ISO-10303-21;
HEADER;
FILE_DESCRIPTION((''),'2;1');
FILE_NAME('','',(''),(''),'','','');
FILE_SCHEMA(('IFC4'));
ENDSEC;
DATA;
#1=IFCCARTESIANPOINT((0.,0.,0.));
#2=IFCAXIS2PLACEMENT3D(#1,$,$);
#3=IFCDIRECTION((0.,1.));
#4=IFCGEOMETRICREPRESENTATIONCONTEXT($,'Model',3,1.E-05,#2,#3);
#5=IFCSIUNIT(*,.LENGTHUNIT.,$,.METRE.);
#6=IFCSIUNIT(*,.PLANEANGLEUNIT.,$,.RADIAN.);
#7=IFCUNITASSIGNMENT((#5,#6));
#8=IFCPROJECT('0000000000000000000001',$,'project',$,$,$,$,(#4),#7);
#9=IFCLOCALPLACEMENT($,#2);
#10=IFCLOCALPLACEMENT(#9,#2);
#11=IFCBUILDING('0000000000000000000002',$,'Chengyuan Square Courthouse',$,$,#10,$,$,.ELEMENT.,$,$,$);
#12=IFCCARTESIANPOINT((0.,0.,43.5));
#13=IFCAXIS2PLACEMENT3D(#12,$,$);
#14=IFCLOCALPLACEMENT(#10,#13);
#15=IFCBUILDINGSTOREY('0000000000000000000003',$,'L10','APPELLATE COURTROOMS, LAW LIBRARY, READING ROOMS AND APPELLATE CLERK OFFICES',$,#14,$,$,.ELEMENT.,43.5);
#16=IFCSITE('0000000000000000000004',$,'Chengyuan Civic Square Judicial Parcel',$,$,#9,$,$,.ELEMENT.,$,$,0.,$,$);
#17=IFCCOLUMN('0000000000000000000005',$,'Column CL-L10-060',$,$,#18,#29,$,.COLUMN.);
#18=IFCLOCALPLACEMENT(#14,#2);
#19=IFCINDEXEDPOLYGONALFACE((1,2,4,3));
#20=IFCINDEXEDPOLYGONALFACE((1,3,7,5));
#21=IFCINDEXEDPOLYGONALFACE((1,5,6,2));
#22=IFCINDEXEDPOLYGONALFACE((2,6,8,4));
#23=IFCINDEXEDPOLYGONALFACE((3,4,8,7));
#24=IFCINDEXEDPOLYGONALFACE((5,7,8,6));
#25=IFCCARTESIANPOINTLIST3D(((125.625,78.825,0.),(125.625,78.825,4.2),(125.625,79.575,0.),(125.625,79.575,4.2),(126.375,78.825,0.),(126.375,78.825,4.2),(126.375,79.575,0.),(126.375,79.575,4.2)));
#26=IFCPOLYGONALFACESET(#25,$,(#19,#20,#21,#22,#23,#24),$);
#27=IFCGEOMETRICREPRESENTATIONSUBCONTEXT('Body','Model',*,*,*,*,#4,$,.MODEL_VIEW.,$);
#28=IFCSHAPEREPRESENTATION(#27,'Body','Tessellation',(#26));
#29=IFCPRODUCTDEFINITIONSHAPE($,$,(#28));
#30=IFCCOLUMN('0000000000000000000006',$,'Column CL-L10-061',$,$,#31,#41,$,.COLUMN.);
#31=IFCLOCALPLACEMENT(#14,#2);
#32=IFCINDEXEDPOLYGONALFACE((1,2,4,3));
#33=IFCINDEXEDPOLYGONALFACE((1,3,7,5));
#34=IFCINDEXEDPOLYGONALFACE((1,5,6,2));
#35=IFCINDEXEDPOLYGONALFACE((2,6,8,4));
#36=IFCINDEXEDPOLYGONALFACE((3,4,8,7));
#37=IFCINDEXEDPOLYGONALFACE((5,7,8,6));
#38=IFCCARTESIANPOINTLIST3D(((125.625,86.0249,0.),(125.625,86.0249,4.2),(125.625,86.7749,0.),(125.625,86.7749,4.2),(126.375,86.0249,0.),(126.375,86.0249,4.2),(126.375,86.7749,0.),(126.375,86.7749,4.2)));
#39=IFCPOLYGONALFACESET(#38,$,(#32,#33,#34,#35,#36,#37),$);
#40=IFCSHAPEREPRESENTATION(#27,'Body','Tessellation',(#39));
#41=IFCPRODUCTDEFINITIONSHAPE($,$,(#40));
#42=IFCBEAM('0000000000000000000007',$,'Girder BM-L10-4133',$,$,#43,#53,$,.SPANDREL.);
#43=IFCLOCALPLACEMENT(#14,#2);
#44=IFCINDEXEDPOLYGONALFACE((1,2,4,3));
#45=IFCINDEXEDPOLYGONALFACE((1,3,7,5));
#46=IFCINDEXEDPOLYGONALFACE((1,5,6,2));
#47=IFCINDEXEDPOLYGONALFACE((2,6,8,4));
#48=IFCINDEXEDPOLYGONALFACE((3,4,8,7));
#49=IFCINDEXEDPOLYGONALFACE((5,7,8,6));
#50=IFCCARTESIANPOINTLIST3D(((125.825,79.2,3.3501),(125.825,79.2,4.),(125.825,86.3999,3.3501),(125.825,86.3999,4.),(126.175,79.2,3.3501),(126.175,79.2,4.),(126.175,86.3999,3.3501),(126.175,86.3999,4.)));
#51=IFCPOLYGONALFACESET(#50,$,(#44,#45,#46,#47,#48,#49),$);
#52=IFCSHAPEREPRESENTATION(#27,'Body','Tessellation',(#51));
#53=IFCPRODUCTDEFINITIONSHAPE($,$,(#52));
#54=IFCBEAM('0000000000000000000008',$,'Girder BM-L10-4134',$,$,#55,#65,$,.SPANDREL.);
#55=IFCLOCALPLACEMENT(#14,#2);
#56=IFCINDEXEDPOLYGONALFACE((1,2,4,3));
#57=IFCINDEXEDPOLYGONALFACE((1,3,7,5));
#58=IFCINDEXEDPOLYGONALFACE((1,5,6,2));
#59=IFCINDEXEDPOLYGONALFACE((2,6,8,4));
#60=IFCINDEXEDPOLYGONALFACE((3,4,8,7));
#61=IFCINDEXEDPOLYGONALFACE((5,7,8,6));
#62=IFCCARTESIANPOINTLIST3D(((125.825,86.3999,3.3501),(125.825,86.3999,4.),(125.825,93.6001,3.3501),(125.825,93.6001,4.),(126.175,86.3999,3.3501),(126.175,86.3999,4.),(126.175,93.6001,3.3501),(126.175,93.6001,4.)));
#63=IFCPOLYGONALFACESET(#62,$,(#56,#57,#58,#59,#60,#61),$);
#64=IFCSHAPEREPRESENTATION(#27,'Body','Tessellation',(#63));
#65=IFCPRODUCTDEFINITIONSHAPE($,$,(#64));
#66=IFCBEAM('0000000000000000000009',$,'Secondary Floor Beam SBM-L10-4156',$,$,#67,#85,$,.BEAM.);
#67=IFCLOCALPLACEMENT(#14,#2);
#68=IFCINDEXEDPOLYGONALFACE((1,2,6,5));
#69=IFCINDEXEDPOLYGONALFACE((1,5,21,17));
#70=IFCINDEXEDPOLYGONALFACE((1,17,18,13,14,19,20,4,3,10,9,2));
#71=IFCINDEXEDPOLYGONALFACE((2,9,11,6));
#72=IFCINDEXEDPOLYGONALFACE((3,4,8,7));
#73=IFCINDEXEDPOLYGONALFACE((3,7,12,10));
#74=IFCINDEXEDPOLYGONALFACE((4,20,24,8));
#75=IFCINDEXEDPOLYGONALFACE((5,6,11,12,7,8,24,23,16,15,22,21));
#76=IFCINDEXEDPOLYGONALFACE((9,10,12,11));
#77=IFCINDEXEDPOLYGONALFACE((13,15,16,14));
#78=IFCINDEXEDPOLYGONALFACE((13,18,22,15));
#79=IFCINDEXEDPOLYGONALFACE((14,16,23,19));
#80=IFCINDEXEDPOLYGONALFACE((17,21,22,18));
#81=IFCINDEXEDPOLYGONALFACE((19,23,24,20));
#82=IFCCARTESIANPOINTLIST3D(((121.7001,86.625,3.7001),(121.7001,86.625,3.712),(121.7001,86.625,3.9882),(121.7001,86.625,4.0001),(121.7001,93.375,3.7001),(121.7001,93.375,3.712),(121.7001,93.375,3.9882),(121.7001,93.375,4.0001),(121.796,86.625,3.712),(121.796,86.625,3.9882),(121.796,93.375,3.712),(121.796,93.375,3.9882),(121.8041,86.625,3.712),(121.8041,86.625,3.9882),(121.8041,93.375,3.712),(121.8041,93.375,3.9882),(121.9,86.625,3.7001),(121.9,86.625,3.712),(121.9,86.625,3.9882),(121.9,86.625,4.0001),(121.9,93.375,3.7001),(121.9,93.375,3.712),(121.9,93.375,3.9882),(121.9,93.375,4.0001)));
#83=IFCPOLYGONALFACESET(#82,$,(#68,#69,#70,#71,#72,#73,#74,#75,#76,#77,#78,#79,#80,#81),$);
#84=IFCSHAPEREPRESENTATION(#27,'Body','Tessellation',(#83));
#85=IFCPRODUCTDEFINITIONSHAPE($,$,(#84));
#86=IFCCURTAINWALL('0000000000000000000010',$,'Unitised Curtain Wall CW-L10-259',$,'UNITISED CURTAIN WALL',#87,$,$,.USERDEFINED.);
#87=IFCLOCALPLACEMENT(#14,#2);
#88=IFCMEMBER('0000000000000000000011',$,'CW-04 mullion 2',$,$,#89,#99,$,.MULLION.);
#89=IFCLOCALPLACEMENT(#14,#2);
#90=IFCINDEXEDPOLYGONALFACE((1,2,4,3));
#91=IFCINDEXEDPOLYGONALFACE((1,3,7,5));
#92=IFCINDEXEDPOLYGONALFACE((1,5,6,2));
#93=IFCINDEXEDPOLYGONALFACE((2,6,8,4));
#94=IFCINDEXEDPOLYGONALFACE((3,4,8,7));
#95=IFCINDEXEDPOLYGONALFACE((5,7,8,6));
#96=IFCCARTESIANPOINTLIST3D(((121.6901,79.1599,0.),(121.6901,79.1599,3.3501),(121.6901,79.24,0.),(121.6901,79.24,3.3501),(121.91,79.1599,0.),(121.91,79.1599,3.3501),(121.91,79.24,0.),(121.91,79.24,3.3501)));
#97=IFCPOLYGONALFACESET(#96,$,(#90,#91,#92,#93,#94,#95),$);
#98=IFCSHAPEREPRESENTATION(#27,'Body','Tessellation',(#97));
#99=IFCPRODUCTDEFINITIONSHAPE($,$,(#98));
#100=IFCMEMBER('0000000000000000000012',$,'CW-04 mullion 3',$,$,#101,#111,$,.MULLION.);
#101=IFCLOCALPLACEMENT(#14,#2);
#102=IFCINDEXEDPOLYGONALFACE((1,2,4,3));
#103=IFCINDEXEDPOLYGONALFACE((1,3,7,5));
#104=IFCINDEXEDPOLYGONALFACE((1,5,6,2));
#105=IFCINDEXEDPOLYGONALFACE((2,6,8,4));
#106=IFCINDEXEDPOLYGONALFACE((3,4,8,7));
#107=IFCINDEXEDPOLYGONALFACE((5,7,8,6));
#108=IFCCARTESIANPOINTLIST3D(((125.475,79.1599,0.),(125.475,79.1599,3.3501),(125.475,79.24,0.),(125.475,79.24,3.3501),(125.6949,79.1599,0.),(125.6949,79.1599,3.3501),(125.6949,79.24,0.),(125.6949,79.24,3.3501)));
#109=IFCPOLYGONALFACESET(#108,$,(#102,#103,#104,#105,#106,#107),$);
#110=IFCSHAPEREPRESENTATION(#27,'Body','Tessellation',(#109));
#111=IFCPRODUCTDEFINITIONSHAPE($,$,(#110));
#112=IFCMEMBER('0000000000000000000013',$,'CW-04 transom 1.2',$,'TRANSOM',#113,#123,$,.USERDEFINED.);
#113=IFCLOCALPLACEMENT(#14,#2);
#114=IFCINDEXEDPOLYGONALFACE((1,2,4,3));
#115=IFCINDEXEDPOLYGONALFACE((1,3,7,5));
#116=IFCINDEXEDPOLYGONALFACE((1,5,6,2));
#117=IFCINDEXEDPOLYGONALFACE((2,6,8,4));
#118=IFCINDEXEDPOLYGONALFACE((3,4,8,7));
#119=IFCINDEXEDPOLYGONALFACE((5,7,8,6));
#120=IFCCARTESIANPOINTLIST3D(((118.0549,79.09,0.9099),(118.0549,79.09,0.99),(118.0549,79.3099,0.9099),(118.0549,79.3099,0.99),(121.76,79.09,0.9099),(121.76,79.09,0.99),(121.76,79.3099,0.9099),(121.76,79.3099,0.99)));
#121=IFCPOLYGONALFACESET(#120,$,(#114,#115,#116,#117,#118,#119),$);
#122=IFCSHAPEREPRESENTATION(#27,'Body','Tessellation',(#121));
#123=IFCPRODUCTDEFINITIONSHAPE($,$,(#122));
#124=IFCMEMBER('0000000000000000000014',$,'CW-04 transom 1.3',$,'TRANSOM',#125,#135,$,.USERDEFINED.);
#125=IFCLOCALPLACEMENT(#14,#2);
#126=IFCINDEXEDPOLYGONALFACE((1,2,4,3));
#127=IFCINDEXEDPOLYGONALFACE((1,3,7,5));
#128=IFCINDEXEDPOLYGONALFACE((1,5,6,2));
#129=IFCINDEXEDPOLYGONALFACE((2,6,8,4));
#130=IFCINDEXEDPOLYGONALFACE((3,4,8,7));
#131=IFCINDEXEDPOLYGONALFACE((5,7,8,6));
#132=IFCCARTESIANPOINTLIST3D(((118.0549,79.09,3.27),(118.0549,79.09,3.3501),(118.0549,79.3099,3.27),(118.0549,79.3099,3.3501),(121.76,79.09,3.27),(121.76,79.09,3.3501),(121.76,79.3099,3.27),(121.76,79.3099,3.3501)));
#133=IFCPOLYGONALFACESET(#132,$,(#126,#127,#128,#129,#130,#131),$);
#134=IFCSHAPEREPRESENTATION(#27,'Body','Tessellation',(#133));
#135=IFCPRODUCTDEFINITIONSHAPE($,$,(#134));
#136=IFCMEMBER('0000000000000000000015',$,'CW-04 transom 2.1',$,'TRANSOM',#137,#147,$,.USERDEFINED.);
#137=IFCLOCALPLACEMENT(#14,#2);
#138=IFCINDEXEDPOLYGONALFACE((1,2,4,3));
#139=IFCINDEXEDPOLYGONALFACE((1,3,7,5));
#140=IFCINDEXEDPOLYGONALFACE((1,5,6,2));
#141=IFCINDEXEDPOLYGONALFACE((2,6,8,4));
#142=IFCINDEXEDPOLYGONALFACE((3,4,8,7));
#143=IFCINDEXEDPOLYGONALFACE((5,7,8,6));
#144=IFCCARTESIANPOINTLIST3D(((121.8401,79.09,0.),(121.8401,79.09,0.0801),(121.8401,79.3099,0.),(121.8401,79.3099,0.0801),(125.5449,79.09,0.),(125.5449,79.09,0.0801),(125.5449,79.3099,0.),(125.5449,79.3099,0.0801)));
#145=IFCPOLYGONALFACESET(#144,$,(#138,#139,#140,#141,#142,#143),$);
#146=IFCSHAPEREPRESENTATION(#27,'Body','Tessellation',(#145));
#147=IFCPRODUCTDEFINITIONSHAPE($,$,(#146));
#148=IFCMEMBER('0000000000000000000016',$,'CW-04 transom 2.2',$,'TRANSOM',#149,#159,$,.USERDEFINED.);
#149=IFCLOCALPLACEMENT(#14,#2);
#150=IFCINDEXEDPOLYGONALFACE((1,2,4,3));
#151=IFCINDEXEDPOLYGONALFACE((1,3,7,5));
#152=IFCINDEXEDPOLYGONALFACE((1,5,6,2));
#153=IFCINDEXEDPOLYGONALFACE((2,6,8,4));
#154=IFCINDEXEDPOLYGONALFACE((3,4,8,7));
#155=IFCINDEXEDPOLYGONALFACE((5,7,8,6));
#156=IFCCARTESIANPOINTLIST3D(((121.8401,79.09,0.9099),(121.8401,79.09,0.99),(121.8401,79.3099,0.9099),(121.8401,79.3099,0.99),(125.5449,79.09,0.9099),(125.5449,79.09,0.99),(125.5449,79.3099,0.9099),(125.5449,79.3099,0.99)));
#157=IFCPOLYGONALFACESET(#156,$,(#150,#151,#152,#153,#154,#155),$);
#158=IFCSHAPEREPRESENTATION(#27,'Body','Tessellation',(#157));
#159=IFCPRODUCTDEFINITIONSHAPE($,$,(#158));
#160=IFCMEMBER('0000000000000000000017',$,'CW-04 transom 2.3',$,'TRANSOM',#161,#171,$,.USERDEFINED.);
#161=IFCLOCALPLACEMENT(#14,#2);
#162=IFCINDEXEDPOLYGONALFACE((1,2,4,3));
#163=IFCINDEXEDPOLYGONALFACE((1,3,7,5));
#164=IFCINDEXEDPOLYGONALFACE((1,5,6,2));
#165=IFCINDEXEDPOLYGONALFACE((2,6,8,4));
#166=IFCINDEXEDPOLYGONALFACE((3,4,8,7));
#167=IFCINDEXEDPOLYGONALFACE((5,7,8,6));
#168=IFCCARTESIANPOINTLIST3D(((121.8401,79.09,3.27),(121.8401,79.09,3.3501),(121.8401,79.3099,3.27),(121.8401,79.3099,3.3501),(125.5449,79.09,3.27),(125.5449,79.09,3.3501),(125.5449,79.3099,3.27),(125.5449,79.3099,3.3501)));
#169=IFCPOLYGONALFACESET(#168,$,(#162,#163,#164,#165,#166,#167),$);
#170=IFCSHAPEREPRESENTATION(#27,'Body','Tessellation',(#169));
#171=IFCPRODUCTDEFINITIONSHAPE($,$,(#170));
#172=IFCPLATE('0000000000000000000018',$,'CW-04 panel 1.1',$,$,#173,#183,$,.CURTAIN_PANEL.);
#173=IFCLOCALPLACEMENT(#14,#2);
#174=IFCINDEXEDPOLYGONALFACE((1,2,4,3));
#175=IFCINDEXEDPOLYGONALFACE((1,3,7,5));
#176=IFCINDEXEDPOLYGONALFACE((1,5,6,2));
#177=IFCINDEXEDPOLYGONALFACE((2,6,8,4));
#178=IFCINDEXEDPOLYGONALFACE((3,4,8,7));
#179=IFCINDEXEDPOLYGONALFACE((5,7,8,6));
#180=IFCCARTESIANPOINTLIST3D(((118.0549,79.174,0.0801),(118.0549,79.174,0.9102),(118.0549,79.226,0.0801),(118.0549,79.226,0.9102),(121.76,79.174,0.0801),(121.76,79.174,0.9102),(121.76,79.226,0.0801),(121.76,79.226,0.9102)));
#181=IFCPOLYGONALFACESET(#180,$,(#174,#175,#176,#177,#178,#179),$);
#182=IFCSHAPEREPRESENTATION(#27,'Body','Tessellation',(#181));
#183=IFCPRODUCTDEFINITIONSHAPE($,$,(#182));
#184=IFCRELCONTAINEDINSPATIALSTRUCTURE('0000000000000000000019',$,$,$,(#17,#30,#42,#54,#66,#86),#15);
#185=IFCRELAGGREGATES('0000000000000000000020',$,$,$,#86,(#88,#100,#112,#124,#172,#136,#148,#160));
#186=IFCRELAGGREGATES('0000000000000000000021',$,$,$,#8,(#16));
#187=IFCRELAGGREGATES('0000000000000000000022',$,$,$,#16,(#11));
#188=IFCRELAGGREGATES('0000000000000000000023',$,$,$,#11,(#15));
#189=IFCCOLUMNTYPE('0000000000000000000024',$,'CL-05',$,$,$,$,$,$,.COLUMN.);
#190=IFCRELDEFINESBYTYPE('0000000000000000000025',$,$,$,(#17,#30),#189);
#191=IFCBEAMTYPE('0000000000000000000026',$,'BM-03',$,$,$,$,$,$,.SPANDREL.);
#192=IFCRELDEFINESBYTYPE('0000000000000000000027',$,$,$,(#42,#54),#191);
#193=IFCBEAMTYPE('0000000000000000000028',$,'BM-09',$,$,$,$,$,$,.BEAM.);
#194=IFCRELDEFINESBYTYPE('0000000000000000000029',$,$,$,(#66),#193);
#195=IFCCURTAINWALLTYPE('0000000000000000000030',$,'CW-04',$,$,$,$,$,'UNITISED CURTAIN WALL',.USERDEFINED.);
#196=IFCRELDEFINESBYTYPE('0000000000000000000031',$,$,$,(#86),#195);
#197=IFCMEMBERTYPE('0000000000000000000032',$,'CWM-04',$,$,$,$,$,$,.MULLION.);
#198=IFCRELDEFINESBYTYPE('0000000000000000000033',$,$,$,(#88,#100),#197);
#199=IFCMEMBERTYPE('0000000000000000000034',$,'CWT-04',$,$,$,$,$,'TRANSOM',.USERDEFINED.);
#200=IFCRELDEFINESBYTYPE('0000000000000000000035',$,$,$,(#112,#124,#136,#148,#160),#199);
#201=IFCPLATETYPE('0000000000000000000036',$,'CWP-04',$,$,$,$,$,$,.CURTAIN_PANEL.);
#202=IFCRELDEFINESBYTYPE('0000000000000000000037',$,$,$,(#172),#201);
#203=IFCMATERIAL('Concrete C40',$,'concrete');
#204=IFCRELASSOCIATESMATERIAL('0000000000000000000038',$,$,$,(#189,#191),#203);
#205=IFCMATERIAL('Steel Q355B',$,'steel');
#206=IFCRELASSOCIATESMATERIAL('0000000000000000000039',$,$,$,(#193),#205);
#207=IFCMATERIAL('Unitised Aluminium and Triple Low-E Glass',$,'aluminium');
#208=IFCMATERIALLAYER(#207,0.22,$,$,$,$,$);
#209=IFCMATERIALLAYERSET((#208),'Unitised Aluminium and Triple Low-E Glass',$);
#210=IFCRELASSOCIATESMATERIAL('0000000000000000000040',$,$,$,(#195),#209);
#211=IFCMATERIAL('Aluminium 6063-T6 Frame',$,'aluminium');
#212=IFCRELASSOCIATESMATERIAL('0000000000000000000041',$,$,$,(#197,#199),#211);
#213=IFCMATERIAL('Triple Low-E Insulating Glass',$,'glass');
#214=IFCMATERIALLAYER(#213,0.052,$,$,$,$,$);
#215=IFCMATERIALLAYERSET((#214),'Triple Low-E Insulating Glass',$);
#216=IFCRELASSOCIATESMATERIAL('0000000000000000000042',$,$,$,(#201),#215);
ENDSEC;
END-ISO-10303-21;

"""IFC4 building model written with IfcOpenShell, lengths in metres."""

from ifc_helpers import new_model, si_unit, direction, frame, origin, origin_2d, place, context, subcontext, project, spatial, rectangle, i_section, extrude, material, layer, layer_set, material_profile, profile_set, type_object, element, aggregate, save


model = new_model("IFC4")

# Units and contexts
model_context = context("Model", 3, precision=1e-05, world=origin(), true_north=direction((0.0, 1.0)))
body_context = subcontext(model_context, "Body", "Model", "MODEL_VIEW")
ifc_project = project(units=[si_unit("LENGTHUNIT", "METRE"), si_unit("PLANEANGLEUNIT", "RADIAN")], contexts=[model_context])

# Site, building, storey
site_placement = place(None, origin())
site = spatial("IfcSite", under=ifc_project, at=site_placement, Name="Chengyuan Civic Square Judicial Parcel", CompositionType="ELEMENT", RefElevation=0.0)
building_placement = place(site_placement, origin())
building = spatial("IfcBuilding", under=site, at=building_placement, Name="Chengyuan Square Courthouse", CompositionType="ELEMENT")
storey_placement = place(building_placement, frame((0.0, 0.0, 43.5)))
storey = spatial("IfcBuildingStorey", under=building, at=storey_placement, Name="L10", Description="APPELLATE COURTROOMS, LAW LIBRARY, READING ROOMS AND APPELLATE CLERK OFFICES", CompositionType="ELEMENT", Elevation=43.5)

# Columns
ifc_material_1 = material(Name="Concrete C40", Category="concrete")
ifc_material_profile_1 = material_profile(ifc_material_1, rectangle(XDim=0.75, YDim=0.75, at=origin_2d()), Name="RC-COL-750x750")
ifc_profile_set_1 = profile_set([ifc_material_profile_1], Name="Concrete C40")
column_type = type_object("IfcColumnType", Name="CL-05", PredefinedType="COLUMN", material=ifc_profile_set_1)
for number, where, z_axis, x_axis, name in (
    (1, (126.0, 79.2, 0.0), (0.0, 0.0, 1.0), (1.0, 0.0, 0.0), "Column CL-L10-060"),
    (2, (126.0, 86.3999, 0.0), (0.0, 0.0, 1.0), (1.0, 0.0, 0.0), "Column CL-L10-061"),
):
    element("IfcColumn", number, at=place(storey_placement, frame(where, z_axis=z_axis, x_axis=x_axis)), inside=storey, type_object=column_type, Name=name, PredefinedType="COLUMN", context=body_context, shape_type="SweptSolid", body=[
        extrude(rectangle(XDim=0.75, YDim=0.75, at=origin_2d()), origin(), (0.0, 0.0, 1.0), 4.2),
    ])

# Beams
ifc_material_profile_2 = material_profile(ifc_material_1, rectangle(XDim=0.3501, YDim=0.6499, at=origin_2d()), Name="RC-BM-350x650")
ifc_profile_set_2 = profile_set([ifc_material_profile_2], Name="Concrete C40")
beam_type_1 = type_object("IfcBeamType", Name="BM-03", PredefinedType="SPANDREL", material=ifc_profile_set_2)
beam_1_placement = place(storey_placement, frame((126.0, 79.2, 3.675), z_axis=(0.0, 1.0, 0.0), x_axis=(-1.0, 0.0, 0.0)))
element("IfcBeam", 3, at=beam_1_placement, inside=storey, type_object=beam_type_1, Name="Girder BM-L10-4133", PredefinedType="SPANDREL", context=body_context, shape_type="SweptSolid", body=[
    extrude(rectangle(XDim=0.3501, YDim=0.6499, at=origin_2d()), origin(), (0.0, 0.0, 1.0), 7.2),
])
beam_2_placement = place(storey_placement, frame((126.0, 86.3999, 3.675), z_axis=(0.0, 1.0, 0.0), x_axis=(-1.0, 0.0, 0.0)))
element("IfcBeam", 4, at=beam_2_placement, inside=storey, type_object=beam_type_1, Name="Girder BM-L10-4134", PredefinedType="SPANDREL", context=body_context, shape_type="SweptSolid", body=[
    extrude(rectangle(XDim=0.3501, YDim=0.6499, at=origin_2d()), origin(), (0.0, 0.0, 1.0), 7.2002),
])
ifc_material_2 = material(Name="Steel Q355B", Category="steel")
ifc_material_profile_3 = material_profile(ifc_material_2, i_section(OverallWidth=0.2, OverallDepth=0.3, WebThickness=0.0081, FlangeThickness=0.012, at=origin_2d()), Name="HM 300x200x8x12")
ifc_profile_set_3 = profile_set([ifc_material_profile_3], Name="Steel Q355B")
beam_type_2 = type_object("IfcBeamType", Name="BM-09", PredefinedType="BEAM", material=ifc_profile_set_3)
beam_3_placement = place(storey_placement, frame((121.8, 86.625, 3.8501), z_axis=(0.0, 1.0, 0.0), x_axis=(-1.0, 0.0, 0.0)))
element("IfcBeam", 5, at=beam_3_placement, inside=storey, type_object=beam_type_2, Name="Secondary Floor Beam SBM-L10-4156", PredefinedType="BEAM", context=body_context, shape_type="SweptSolid", body=[
    extrude(i_section(OverallWidth=0.2, OverallDepth=0.3, WebThickness=0.0081, FlangeThickness=0.012, at=origin_2d()), origin(), (0.0, 0.0, 1.0), 6.75),
])

# Curtain wall, members, plate
ifc_material_3 = material(Name="Unitised Aluminium and Triple Low-E Glass", Category="aluminium")
ifc_layer_1 = layer(ifc_material_3, 0.22)
ifc_layer_set_1 = layer_set([ifc_layer_1], Name="Unitised Aluminium and Triple Low-E Glass")
curtain_wall_type = type_object("IfcCurtainWallType", Name="CW-04", ElementType="UNITISED CURTAIN WALL", PredefinedType="USERDEFINED", material=ifc_layer_set_1)
curtain_wall_placement = place(storey_placement, origin())
curtain_wall = element("IfcCurtainWall", 6, at=curtain_wall_placement, inside=storey, type_object=curtain_wall_type, Name="Unitised Curtain Wall CW-L10-259", ObjectType="UNITISED CURTAIN WALL", PredefinedType="USERDEFINED")
ifc_material_4 = material(Name="Aluminium 6063-T6 Frame", Category="aluminium")
ifc_material_profile_4 = material_profile(ifc_material_4, rectangle(XDim=0.0801, YDim=0.22, at=origin_2d()), Name="CW-MUL-80x220")
ifc_profile_set_4 = profile_set([ifc_material_profile_4], Name="Aluminium 6063-T6 Frame")
member_type_1 = type_object("IfcMemberType", Name="CWM-04", PredefinedType="MULLION", material=ifc_profile_set_4)
member_1_placement = place(storey_placement, frame((121.8, 79.2, 0.0), z_axis=(0.0, 0.0, 1.0), x_axis=(0.0, 1.0, 0.0)))
member_1 = element("IfcMember", 7, at=member_1_placement, type_object=member_type_1, Name="CW-04 mullion 2", PredefinedType="MULLION", context=body_context, shape_type="SweptSolid", body=[
    extrude(rectangle(XDim=0.0801, YDim=0.22, at=origin_2d()), origin(), (0.0, 0.0, 1.0), 3.3501),
])
member_2_placement = place(storey_placement, frame((125.585, 79.2, 0.0), z_axis=(0.0, 0.0, 1.0), x_axis=(0.0, 1.0, 0.0)))
member_2 = element("IfcMember", 8, at=member_2_placement, type_object=member_type_1, Name="CW-04 mullion 3", PredefinedType="MULLION", context=body_context, shape_type="SweptSolid", body=[
    extrude(rectangle(XDim=0.0801, YDim=0.22, at=origin_2d()), origin(), (0.0, 0.0, 1.0), 3.3501),
])
ifc_material_profile_5 = material_profile(ifc_material_4, rectangle(XDim=0.22, YDim=0.0801, at=origin_2d()), Name="CW-TRN-80x180")
ifc_profile_set_5 = profile_set([ifc_material_profile_5], Name="Aluminium 6063-T6 Frame")
member_type_2 = type_object("IfcMemberType", Name="CWT-04", ElementType="TRANSOM", PredefinedType="USERDEFINED", material=ifc_profile_set_5)
member_3_placement = place(storey_placement, frame((118.0549, 79.2, 0.95), z_axis=(1.0, 0.0, 0.0), x_axis=(0.0, 1.0, 0.0)))
member_3 = element("IfcMember", 9, at=member_3_placement, type_object=member_type_2, Name="CW-04 transom 1.2", ObjectType="TRANSOM", PredefinedType="USERDEFINED", context=body_context, shape_type="SweptSolid", body=[
    extrude(rectangle(XDim=0.22, YDim=0.0801, at=origin_2d()), origin(), (0.0, 0.0, 1.0), 3.7051),
])
member_4_placement = place(storey_placement, frame((118.0549, 79.2, 3.3101), z_axis=(1.0, 0.0, 0.0), x_axis=(0.0, 1.0, 0.0)))
member_4 = element("IfcMember", 10, at=member_4_placement, type_object=member_type_2, Name="CW-04 transom 1.3", ObjectType="TRANSOM", PredefinedType="USERDEFINED", context=body_context, shape_type="SweptSolid", body=[
    extrude(rectangle(XDim=0.22, YDim=0.0801, at=origin_2d()), origin(), (0.0, 0.0, 1.0), 3.7051),
])
member_5_placement = place(storey_placement, frame((121.8401, 79.2, 0.04), z_axis=(1.0, 0.0, 0.0), x_axis=(0.0, 1.0, 0.0)))
member_5 = element("IfcMember", 11, at=member_5_placement, type_object=member_type_2, Name="CW-04 transom 2.1", ObjectType="TRANSOM", PredefinedType="USERDEFINED", context=body_context, shape_type="SweptSolid", body=[
    extrude(rectangle(XDim=0.22, YDim=0.0801, at=origin_2d()), origin(), (0.0, 0.0, 1.0), 3.7048),
])
member_6_placement = place(storey_placement, frame((121.8401, 79.2, 0.95), z_axis=(1.0, 0.0, 0.0), x_axis=(0.0, 1.0, 0.0)))
member_6 = element("IfcMember", 12, at=member_6_placement, type_object=member_type_2, Name="CW-04 transom 2.2", ObjectType="TRANSOM", PredefinedType="USERDEFINED", context=body_context, shape_type="SweptSolid", body=[
    extrude(rectangle(XDim=0.22, YDim=0.0801, at=origin_2d()), origin(), (0.0, 0.0, 1.0), 3.7048),
])
member_7_placement = place(storey_placement, frame((121.8401, 79.2, 3.3101), z_axis=(1.0, 0.0, 0.0), x_axis=(0.0, 1.0, 0.0)))
member_7 = element("IfcMember", 13, at=member_7_placement, type_object=member_type_2, Name="CW-04 transom 2.3", ObjectType="TRANSOM", PredefinedType="USERDEFINED", context=body_context, shape_type="SweptSolid", body=[
    extrude(rectangle(XDim=0.22, YDim=0.0801, at=origin_2d()), origin(), (0.0, 0.0, 1.0), 3.7048),
])
ifc_material_5 = material(Name="Triple Low-E Insulating Glass", Category="glass")
ifc_layer_2 = layer(ifc_material_5, 0.052)
ifc_layer_set_2 = layer_set([ifc_layer_2], Name="Triple Low-E Insulating Glass")
plate_type = type_object("IfcPlateType", Name="CWP-04", PredefinedType="CURTAIN_PANEL", material=ifc_layer_set_2)
plate_1_placement = place(storey_placement, frame((119.9075, 79.2, 0.0801), z_axis=(0.0, 0.0, 1.0), x_axis=(1.0, 0.0, 0.0)))
plate_1 = element("IfcPlate", 14, at=plate_1_placement, type_object=plate_type, Name="CW-04 panel 1.1", PredefinedType="CURTAIN_PANEL", context=body_context, shape_type="SweptSolid", body=[
    extrude(rectangle(XDim=3.7051, YDim=0.052, at=origin_2d()), origin(), (0.0, 0.0, 1.0), 0.8301),
])
aggregate(curtain_wall, [member_1, member_2, member_3, member_4, plate_1, member_5, member_6, member_7])

save(model, "model.ifc")
